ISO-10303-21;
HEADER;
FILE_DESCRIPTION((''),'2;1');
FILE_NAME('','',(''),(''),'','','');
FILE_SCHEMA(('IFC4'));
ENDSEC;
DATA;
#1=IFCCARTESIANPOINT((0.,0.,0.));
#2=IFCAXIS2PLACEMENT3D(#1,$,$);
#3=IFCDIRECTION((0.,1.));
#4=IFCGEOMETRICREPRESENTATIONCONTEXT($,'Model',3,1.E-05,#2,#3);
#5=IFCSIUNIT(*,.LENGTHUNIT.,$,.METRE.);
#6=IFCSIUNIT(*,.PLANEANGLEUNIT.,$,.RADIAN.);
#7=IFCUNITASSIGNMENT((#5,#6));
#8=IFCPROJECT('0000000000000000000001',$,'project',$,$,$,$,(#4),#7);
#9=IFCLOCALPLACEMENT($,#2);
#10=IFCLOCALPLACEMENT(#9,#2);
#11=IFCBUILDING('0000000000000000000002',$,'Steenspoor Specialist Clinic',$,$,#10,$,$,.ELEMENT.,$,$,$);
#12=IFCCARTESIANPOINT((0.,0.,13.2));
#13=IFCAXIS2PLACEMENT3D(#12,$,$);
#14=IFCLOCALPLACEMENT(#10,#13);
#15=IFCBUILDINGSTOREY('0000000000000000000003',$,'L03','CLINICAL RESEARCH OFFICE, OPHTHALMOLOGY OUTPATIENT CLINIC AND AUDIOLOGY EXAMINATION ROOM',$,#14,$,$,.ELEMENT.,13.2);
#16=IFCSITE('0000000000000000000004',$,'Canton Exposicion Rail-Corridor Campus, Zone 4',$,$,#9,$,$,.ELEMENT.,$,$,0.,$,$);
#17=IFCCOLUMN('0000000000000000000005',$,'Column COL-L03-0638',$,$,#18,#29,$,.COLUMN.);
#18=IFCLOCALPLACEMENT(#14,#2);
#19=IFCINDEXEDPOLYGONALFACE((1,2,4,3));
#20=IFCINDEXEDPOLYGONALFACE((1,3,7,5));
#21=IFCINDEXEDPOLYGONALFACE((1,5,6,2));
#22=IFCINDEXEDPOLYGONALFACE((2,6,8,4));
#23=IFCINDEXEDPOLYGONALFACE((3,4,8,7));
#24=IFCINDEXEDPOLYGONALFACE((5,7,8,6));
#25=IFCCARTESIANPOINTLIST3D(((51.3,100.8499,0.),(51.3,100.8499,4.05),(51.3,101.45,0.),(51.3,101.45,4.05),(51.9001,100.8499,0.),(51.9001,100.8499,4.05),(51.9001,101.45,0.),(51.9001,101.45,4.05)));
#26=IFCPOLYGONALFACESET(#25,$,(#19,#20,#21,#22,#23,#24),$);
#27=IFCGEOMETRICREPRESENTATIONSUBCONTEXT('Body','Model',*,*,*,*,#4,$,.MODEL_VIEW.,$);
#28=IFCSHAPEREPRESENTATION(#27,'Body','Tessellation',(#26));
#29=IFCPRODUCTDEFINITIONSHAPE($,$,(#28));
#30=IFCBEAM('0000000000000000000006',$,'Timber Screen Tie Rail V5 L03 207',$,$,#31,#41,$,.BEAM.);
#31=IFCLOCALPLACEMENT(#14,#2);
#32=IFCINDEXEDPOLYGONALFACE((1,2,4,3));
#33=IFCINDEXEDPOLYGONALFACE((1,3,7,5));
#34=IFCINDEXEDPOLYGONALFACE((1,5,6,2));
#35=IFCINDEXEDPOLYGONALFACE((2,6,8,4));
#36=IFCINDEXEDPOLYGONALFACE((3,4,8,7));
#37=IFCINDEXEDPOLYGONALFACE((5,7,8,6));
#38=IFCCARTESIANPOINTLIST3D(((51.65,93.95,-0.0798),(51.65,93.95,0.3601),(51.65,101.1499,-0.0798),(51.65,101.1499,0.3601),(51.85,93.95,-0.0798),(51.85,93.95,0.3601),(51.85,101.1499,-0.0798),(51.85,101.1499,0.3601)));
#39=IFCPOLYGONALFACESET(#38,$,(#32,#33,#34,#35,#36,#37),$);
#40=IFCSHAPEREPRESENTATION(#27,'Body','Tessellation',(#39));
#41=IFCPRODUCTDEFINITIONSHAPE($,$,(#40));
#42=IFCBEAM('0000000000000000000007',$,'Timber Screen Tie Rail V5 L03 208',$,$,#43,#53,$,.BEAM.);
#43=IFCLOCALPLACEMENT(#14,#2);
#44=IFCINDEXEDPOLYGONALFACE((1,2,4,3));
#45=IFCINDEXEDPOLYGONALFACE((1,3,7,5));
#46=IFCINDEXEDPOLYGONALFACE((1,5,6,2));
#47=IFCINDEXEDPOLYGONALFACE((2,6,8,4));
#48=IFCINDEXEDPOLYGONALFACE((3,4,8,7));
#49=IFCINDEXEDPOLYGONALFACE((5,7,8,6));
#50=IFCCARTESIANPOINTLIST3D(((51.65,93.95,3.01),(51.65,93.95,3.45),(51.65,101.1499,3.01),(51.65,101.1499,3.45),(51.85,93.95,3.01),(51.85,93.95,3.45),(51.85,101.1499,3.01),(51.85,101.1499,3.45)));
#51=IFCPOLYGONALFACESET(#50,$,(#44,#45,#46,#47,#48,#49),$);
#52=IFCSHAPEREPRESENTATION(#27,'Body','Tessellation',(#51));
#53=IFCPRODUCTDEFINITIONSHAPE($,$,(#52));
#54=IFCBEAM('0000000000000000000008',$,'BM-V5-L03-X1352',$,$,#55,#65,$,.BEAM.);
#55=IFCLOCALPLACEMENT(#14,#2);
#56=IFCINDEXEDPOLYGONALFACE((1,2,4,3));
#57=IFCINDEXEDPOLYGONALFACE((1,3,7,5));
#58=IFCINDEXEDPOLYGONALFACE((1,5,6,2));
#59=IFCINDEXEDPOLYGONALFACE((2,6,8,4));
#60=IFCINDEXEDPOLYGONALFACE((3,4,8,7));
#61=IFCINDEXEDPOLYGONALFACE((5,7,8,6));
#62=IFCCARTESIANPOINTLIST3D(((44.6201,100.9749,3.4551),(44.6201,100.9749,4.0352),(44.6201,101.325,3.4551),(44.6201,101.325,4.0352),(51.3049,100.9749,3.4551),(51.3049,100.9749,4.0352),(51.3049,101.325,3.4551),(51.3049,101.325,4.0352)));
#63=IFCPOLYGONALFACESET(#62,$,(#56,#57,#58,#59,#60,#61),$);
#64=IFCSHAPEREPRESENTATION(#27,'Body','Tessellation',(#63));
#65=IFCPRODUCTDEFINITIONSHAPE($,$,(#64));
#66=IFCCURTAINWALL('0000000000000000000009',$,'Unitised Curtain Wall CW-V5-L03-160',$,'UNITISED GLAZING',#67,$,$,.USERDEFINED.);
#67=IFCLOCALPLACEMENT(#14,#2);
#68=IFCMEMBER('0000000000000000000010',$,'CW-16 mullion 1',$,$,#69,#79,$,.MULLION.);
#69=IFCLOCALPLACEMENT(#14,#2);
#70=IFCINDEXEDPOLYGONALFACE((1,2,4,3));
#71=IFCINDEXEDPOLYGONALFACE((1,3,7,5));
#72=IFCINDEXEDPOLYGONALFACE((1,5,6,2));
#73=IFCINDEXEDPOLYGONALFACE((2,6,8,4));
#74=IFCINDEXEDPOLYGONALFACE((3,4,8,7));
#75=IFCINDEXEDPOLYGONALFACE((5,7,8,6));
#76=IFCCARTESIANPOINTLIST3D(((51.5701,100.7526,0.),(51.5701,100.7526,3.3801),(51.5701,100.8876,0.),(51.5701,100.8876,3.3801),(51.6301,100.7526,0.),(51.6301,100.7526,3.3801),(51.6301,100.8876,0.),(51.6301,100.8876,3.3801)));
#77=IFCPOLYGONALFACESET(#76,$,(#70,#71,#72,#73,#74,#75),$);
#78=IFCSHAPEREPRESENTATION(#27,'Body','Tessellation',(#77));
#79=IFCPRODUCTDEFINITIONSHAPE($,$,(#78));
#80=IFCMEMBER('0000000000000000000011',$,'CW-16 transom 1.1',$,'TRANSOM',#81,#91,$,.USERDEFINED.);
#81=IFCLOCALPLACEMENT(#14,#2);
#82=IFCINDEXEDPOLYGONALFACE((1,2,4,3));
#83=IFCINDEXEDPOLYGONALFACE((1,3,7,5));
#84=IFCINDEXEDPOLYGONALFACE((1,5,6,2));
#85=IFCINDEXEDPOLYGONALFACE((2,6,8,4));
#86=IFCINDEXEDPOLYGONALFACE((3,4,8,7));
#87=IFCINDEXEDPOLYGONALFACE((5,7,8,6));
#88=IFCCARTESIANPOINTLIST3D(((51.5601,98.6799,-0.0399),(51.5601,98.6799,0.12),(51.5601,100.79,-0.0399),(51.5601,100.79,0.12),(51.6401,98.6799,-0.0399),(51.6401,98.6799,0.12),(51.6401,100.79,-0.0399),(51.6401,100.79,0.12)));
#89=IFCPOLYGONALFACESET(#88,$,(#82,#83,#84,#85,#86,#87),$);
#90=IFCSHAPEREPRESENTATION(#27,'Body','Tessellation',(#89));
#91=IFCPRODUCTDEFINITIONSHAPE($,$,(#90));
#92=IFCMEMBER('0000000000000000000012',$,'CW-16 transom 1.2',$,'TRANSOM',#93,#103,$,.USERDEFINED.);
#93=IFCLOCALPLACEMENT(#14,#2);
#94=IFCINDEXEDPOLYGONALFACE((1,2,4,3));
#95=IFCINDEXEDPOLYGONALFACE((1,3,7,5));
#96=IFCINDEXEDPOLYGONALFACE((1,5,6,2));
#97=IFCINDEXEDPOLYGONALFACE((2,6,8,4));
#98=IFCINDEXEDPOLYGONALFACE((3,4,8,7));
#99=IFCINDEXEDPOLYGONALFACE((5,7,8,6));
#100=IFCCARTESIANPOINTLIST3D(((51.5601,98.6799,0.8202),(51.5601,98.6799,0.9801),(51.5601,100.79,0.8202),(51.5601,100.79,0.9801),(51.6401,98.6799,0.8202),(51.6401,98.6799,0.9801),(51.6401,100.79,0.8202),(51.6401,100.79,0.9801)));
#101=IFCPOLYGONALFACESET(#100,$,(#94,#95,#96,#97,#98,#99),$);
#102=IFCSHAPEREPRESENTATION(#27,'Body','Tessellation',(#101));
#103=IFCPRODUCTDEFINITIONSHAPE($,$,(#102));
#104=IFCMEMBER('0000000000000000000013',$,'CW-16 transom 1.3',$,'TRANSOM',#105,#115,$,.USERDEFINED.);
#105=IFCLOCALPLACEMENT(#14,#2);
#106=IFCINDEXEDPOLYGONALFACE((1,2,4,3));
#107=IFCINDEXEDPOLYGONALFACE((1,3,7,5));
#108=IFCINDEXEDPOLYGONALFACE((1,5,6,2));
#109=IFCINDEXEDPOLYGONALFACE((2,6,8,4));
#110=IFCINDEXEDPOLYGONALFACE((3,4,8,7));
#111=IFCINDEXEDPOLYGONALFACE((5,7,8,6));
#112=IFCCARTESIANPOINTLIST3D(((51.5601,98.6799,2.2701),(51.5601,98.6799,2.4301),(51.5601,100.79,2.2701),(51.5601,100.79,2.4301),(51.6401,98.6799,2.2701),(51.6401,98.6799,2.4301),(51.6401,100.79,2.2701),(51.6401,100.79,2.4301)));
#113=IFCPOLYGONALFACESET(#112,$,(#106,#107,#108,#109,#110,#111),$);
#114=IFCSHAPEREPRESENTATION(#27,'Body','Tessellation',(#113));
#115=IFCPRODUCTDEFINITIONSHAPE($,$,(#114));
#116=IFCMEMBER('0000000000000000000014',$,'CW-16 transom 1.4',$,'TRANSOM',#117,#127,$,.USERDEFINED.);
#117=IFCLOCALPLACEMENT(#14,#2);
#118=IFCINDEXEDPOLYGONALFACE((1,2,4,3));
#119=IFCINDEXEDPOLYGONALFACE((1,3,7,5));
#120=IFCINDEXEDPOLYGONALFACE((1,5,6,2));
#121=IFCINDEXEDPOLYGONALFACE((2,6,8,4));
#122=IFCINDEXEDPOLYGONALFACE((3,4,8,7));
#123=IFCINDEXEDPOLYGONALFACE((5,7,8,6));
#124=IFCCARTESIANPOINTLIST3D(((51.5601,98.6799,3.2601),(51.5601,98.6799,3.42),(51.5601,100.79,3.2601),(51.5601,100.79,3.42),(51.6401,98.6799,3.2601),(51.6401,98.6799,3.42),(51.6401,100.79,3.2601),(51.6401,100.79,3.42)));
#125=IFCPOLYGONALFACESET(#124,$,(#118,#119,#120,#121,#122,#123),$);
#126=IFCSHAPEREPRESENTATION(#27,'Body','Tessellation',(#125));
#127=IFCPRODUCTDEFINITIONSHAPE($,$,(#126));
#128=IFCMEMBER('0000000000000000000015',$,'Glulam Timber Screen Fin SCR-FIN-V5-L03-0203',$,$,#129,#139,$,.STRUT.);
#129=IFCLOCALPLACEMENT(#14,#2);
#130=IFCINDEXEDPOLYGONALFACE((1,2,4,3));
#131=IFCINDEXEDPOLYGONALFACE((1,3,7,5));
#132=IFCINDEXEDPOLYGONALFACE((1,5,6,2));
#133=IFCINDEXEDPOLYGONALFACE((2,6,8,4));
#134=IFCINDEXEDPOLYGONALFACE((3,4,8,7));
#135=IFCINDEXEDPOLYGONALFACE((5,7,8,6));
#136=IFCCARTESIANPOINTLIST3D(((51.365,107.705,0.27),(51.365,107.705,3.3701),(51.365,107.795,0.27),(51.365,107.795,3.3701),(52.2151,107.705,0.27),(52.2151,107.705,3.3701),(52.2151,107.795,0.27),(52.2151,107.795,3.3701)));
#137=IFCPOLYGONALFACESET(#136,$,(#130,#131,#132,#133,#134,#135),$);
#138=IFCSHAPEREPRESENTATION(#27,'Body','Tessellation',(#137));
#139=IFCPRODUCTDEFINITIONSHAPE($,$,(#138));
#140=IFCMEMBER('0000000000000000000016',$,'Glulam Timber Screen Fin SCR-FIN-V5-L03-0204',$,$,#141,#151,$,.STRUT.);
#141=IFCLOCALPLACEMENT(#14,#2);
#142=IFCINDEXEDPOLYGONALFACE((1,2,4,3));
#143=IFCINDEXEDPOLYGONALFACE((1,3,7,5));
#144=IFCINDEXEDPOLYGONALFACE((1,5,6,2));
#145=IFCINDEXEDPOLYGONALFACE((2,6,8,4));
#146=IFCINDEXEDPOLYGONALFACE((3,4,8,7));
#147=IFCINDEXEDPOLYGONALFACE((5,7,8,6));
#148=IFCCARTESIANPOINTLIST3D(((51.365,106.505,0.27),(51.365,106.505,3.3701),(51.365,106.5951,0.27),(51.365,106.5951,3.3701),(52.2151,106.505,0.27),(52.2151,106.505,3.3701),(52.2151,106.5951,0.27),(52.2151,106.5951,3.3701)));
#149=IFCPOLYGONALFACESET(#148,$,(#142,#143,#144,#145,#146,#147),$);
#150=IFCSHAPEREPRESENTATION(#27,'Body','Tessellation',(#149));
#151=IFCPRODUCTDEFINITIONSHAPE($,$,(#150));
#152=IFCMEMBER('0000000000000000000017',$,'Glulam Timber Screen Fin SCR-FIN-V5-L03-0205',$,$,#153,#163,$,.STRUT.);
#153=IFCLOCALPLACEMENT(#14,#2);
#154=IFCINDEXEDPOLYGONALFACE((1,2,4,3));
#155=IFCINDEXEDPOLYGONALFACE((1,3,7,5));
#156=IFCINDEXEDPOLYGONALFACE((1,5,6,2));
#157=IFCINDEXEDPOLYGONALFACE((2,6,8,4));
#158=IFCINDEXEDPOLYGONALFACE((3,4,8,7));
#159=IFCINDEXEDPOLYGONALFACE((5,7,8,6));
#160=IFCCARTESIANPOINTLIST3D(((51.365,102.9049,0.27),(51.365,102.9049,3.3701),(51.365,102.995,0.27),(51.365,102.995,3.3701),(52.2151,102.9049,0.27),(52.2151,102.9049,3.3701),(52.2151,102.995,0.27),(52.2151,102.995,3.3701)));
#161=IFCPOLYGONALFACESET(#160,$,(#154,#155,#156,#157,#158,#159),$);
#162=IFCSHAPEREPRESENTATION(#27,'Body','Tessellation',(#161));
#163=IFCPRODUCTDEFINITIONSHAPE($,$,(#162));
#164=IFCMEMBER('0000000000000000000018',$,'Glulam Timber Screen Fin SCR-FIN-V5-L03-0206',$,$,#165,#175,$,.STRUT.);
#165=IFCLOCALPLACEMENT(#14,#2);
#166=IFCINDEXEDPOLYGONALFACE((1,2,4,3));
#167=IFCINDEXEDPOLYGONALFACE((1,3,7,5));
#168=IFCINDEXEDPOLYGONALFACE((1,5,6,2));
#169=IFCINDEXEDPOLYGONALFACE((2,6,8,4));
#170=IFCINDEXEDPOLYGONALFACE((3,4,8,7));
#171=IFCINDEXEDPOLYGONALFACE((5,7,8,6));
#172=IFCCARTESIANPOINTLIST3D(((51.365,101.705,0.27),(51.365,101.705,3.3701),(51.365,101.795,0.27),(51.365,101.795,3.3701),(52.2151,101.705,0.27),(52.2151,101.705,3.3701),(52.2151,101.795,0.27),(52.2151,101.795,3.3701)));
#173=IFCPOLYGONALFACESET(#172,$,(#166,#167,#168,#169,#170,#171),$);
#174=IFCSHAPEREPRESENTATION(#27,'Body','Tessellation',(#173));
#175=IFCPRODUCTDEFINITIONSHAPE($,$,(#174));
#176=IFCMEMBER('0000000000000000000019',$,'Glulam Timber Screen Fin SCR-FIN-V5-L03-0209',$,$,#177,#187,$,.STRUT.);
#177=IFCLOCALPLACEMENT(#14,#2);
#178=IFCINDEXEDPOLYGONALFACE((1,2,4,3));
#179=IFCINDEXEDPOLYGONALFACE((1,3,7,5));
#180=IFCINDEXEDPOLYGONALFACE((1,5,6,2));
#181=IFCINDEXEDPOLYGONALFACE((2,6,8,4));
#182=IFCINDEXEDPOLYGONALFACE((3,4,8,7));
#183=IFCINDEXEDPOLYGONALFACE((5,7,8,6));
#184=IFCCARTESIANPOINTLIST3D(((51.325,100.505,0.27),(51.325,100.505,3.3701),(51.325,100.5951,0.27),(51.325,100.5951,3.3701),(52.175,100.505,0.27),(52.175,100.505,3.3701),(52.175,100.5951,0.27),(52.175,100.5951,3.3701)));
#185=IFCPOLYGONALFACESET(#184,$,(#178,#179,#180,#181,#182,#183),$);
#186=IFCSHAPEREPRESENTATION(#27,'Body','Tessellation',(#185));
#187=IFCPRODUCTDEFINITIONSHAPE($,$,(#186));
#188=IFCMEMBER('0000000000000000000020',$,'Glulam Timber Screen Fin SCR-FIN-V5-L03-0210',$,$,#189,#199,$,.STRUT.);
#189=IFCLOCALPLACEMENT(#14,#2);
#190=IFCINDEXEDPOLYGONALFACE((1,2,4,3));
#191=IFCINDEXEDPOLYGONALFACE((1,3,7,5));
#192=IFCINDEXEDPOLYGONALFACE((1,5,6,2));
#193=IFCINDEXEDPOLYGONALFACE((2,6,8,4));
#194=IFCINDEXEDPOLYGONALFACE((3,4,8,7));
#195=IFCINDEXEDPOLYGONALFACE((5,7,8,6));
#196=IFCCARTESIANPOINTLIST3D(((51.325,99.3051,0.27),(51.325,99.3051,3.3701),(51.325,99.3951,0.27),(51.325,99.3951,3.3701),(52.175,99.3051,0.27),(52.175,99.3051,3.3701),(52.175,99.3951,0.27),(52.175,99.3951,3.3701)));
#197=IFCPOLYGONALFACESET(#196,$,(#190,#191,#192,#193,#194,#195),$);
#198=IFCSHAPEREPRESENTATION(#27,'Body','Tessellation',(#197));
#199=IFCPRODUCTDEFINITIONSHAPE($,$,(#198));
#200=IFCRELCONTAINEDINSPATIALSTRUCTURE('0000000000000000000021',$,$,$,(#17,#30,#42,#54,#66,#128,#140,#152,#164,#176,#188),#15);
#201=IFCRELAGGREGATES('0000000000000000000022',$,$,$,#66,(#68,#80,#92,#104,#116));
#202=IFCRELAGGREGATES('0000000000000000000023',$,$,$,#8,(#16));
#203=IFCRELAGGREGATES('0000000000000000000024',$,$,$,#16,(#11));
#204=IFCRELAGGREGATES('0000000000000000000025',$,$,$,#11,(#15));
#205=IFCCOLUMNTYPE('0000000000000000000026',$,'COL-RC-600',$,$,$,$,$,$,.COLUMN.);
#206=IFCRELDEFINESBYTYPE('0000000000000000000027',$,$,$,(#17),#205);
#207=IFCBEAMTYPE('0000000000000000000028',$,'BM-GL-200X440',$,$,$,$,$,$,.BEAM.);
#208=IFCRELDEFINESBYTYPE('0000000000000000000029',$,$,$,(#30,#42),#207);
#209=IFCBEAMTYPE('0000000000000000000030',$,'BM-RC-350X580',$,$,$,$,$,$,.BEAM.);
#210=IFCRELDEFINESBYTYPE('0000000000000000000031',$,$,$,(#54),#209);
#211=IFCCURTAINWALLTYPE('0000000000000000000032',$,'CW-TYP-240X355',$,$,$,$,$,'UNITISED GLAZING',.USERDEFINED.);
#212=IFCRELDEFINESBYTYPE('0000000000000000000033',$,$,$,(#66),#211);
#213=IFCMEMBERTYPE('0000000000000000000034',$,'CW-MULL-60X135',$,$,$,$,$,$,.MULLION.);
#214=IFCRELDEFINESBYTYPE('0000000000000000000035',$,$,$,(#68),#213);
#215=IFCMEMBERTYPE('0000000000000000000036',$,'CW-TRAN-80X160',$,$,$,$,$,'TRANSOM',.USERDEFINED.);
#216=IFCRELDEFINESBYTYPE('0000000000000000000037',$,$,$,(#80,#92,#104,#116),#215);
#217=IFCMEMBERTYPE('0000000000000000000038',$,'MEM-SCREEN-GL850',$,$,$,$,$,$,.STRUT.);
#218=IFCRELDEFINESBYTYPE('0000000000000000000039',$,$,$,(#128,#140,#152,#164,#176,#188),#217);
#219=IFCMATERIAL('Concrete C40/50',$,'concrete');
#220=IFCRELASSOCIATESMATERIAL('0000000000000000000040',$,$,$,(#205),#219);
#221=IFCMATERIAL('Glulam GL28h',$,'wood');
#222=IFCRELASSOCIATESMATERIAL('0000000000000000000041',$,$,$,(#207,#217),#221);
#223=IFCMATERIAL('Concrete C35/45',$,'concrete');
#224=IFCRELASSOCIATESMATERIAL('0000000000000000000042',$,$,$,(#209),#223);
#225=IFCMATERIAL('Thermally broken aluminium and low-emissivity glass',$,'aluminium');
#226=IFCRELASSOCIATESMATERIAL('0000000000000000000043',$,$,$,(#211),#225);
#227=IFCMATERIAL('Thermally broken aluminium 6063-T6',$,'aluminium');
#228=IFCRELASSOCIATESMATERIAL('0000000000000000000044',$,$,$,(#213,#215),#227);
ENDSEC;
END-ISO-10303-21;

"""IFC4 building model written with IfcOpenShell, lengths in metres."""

from ifc_helpers import new_model, si_unit, direction, frame, origin, origin_2d, place, context, subcontext, project, spatial, rectangle, extrude, material, material_profile, profile_set, type_object, element, aggregate, save


model = new_model("IFC4")

# Units and contexts
model_context = context("Model", 3, precision=1e-05, world=origin(), true_north=direction((0.0, 1.0)))
body_context = subcontext(model_context, "Body", "Model", "MODEL_VIEW")
ifc_project = project(units=[si_unit("LENGTHUNIT", "METRE"), si_unit("PLANEANGLEUNIT", "RADIAN")], contexts=[model_context])

# Site, building, storey
site_placement = place(None, origin())
site = spatial("IfcSite", under=ifc_project, at=site_placement, Name="Canton Exposicion Rail-Corridor Campus, Zone 4", CompositionType="ELEMENT", RefElevation=0.0)
building_placement = place(site_placement, origin())
building = spatial("IfcBuilding", under=site, at=building_placement, Name="Steenspoor Specialist Clinic", CompositionType="ELEMENT")
storey_placement = place(building_placement, frame((0.0, 0.0, 13.2)))
storey = spatial("IfcBuildingStorey", under=building, at=storey_placement, Name="L03", Description="CLINICAL RESEARCH OFFICE, OPHTHALMOLOGY OUTPATIENT CLINIC AND AUDIOLOGY EXAMINATION ROOM", CompositionType="ELEMENT", Elevation=13.2)

# Column
ifc_material_1 = material(Name="Concrete C40/50", Category="concrete")
ifc_material_profile_1 = material_profile(ifc_material_1, rectangle(XDim=0.6001, YDim=0.6001, at=origin_2d()), Name="RC-COL-600X600")
ifc_profile_set_1 = profile_set([ifc_material_profile_1], Name="Concrete C40/50")
column_type = type_object("IfcColumnType", Name="COL-RC-600", PredefinedType="COLUMN", material=ifc_profile_set_1)
column_placement = place(storey_placement, frame((51.6001, 101.1499, 0.0), z_axis=(0.0, 0.0, 1.0), x_axis=(1.0, 0.0, 0.0)))
element("IfcColumn", 1, at=column_placement, inside=storey, type_object=column_type, Name="Column COL-L03-0638", PredefinedType="COLUMN", context=body_context, shape_type="SweptSolid", body=[
    extrude(rectangle(XDim=0.6001, YDim=0.6001, at=origin_2d()), origin(), (0.0, 0.0, 1.0), 4.05),
])

# Beams
ifc_material_2 = material(Name="Glulam GL28h", Category="wood")
ifc_material_profile_2 = material_profile(ifc_material_2, rectangle(XDim=0.2, YDim=0.4399, at=origin_2d()), Name="GL28H-200X440")
ifc_profile_set_2 = profile_set([ifc_material_profile_2], Name="Glulam GL28h")
beam_type_1 = type_object("IfcBeamType", Name="BM-GL-200X440", PredefinedType="BEAM", material=ifc_profile_set_2)
for number, where, z_axis, x_axis, name in (
    (2, (51.75, 101.1499, 0.1401), (0.0, -1.0, 0.0), (1.0, 0.0, 0.0), "Timber Screen Tie Rail V5 L03 207"),
    (3, (51.75, 101.1499, 3.23), (0.0, -1.0, 0.0), (1.0, 0.0, 0.0), "Timber Screen Tie Rail V5 L03 208"),
):
    element("IfcBeam", number, at=place(storey_placement, frame(where, z_axis=z_axis, x_axis=x_axis)), inside=storey, type_object=beam_type_1, Name=name, PredefinedType="BEAM", context=body_context, shape_type="SweptSolid", body=[
        extrude(rectangle(XDim=0.2, YDim=0.4399, at=origin_2d()), origin(), (0.0, 0.0, 1.0), 7.2),
    ])
ifc_material_3 = material(Name="Concrete C35/45", Category="concrete")
ifc_material_profile_3 = material_profile(ifc_material_3, rectangle(XDim=0.3501, YDim=0.5801, at=origin_2d()), Name="RC-BM-350X580")
ifc_profile_set_3 = profile_set([ifc_material_profile_3], Name="Concrete C35/45")
beam_type_2 = type_object("IfcBeamType", Name="BM-RC-350X580", PredefinedType="BEAM", material=ifc_profile_set_3)
beam_placement = place(storey_placement, frame((44.6201, 101.1499, 3.7451), z_axis=(1.0, 0.0, 0.0), x_axis=(0.0, 1.0, 0.0)))
element("IfcBeam", 4, at=beam_placement, inside=storey, type_object=beam_type_2, Name="BM-V5-L03-X1352", PredefinedType="BEAM", context=body_context, shape_type="SweptSolid", body=[
    extrude(rectangle(XDim=0.3501, YDim=0.5801, at=origin_2d()), origin(), (0.0, 0.0, 1.0), 6.6848),
])

# Curtain wall, members
ifc_material_4 = material(Name="Thermally broken aluminium and low-emissivity glass", Category="aluminium")
curtain_wall_type = type_object("IfcCurtainWallType", Name="CW-TYP-240X355", ElementType="UNITISED GLAZING", PredefinedType="USERDEFINED", material=ifc_material_4)
curtain_wall_placement = place(storey_placement, origin())
curtain_wall = element("IfcCurtainWall", 5, at=curtain_wall_placement, inside=storey, type_object=curtain_wall_type, Name="Unitised Curtain Wall CW-V5-L03-160", ObjectType="UNITISED GLAZING", PredefinedType="USERDEFINED")
ifc_material_5 = material(Name="Thermally broken aluminium 6063-T6", Category="aluminium")
ifc_material_profile_4 = material_profile(ifc_material_5, rectangle(XDim=0.0601, YDim=0.135, at=origin_2d()), Name="CWM-60X135")
ifc_profile_set_4 = profile_set([ifc_material_profile_4], Name="Thermally broken aluminium 6063-T6")
member_type_1 = type_object("IfcMemberType", Name="CW-MULL-60X135", PredefinedType="MULLION", material=ifc_profile_set_4)
member_1_placement = place(storey_placement, frame((51.6001, 100.8201, 0.0), z_axis=(0.0, 0.0, 1.0), x_axis=(1.0, 0.0, 0.0)))
member_1 = element("IfcMember", 6, at=member_1_placement, type_object=member_type_1, Name="CW-16 mullion 1", PredefinedType="MULLION", context=body_context, shape_type="SweptSolid", body=[
    extrude(rectangle(XDim=0.0601, YDim=0.135, at=origin_2d()), origin(), (0.0, 0.0, 1.0), 3.3801),
])
ifc_material_profile_5 = material_profile(ifc_material_5, rectangle(XDim=0.0801, YDim=0.1599, at=origin_2d()), Name="CWT-80X160")
ifc_profile_set_5 = profile_set([ifc_material_profile_5], Name="Thermally broken aluminium 6063-T6")
member_type_2 = type_object("IfcMemberType", Name="CW-TRAN-80X160", ElementType="TRANSOM", PredefinedType="USERDEFINED", material=ifc_profile_set_5)
member_2_placement = place(storey_placement, frame((51.6001, 100.79, 0.04), z_axis=(0.0, -1.0, 0.0), x_axis=(1.0, 0.0, 0.0)))
member_2 = element("IfcMember", 7, at=member_2_placement, type_object=member_type_2, Name="CW-16 transom 1.1", ObjectType="TRANSOM", PredefinedType="USERDEFINED", context=body_context, shape_type="SweptSolid", body=[
    extrude(rectangle(XDim=0.0801, YDim=0.1599, at=origin_2d()), origin(), (0.0, 0.0, 1.0), 2.1101),
])
member_3_placement = place(storey_placement, frame((51.6001, 100.79, 0.9001), z_axis=(0.0, -1.0, 0.0), x_axis=(1.0, 0.0, 0.0)))
member_3 = element("IfcMember", 8, at=member_3_placement, type_object=member_type_2, Name="CW-16 transom 1.2", ObjectType="TRANSOM", PredefinedType="USERDEFINED", context=body_context, shape_type="SweptSolid", body=[
    extrude(rectangle(XDim=0.0801, YDim=0.1599, at=origin_2d()), origin(), (0.0, 0.0, 1.0), 2.1101),
])
member_4_placement = place(storey_placement, frame((51.6001, 100.79, 2.3501), z_axis=(0.0, -1.0, 0.0), x_axis=(1.0, 0.0, 0.0)))
member_4 = element("IfcMember", 9, at=member_4_placement, type_object=member_type_2, Name="CW-16 transom 1.3", ObjectType="TRANSOM", PredefinedType="USERDEFINED", context=body_context, shape_type="SweptSolid", body=[
    extrude(rectangle(XDim=0.0801, YDim=0.1599, at=origin_2d()), origin(), (0.0, 0.0, 1.0), 2.1101),
])
member_5_placement = place(storey_placement, frame((51.6001, 100.79, 3.3401), z_axis=(0.0, -1.0, 0.0), x_axis=(1.0, 0.0, 0.0)))
member_5 = element("IfcMember", 10, at=member_5_placement, type_object=member_type_2, Name="CW-16 transom 1.4", ObjectType="TRANSOM", PredefinedType="USERDEFINED", context=body_context, shape_type="SweptSolid", body=[
    extrude(rectangle(XDim=0.0801, YDim=0.1599, at=origin_2d()), origin(), (0.0, 0.0, 1.0), 2.1101),
])

# Members
ifc_material_profile_6 = material_profile(ifc_material_2, rectangle(XDim=0.0901, YDim=0.8501, at=origin_2d()), Name="GL28H-90X850")
ifc_profile_set_6 = profile_set([ifc_material_profile_6], Name="Glulam GL28h")
member_type_3 = type_object("IfcMemberType", Name="MEM-SCREEN-GL850", PredefinedType="STRUT", material=ifc_profile_set_6)
for number, where, z_axis, x_axis, name in (
    (11, (51.79, 107.75, 0.27), (0.0, 0.0, 1.0), (0.0, -1.0, 0.0), "Glulam Timber Screen Fin SCR-FIN-V5-L03-0203"),
    (12, (51.79, 106.55, 0.27), (0.0, 0.0, 1.0), (0.0, -1.0, 0.0), "Glulam Timber Screen Fin SCR-FIN-V5-L03-0204"),
    (13, (51.79, 102.95, 0.27), (0.0, 0.0, 1.0), (0.0, -1.0, 0.0), "Glulam Timber Screen Fin SCR-FIN-V5-L03-0205"),
    (14, (51.79, 101.75, 0.27), (0.0, 0.0, 1.0), (0.0, -1.0, 0.0), "Glulam Timber Screen Fin SCR-FIN-V5-L03-0206"),
    (15, (51.75, 100.55, 0.27), (0.0, 0.0, 1.0), (0.0, -1.0, 0.0), "Glulam Timber Screen Fin SCR-FIN-V5-L03-0209"),
    (16, (51.75, 99.3501, 0.27), (0.0, 0.0, 1.0), (0.0, -1.0, 0.0), "Glulam Timber Screen Fin SCR-FIN-V5-L03-0210"),
):
    element("IfcMember", number, at=place(storey_placement, frame(where, z_axis=z_axis, x_axis=x_axis)), inside=storey, type_object=member_type_3, Name=name, PredefinedType="STRUT", context=body_context, shape_type="SweptSolid", body=[
        extrude(rectangle(XDim=0.0901, YDim=0.8501, at=origin_2d()), origin(), (0.0, 0.0, 1.0), 3.1001),
    ])

aggregate(curtain_wall, [member_1, member_2, member_3, member_4, member_5])

save(model, "model.ifc")
